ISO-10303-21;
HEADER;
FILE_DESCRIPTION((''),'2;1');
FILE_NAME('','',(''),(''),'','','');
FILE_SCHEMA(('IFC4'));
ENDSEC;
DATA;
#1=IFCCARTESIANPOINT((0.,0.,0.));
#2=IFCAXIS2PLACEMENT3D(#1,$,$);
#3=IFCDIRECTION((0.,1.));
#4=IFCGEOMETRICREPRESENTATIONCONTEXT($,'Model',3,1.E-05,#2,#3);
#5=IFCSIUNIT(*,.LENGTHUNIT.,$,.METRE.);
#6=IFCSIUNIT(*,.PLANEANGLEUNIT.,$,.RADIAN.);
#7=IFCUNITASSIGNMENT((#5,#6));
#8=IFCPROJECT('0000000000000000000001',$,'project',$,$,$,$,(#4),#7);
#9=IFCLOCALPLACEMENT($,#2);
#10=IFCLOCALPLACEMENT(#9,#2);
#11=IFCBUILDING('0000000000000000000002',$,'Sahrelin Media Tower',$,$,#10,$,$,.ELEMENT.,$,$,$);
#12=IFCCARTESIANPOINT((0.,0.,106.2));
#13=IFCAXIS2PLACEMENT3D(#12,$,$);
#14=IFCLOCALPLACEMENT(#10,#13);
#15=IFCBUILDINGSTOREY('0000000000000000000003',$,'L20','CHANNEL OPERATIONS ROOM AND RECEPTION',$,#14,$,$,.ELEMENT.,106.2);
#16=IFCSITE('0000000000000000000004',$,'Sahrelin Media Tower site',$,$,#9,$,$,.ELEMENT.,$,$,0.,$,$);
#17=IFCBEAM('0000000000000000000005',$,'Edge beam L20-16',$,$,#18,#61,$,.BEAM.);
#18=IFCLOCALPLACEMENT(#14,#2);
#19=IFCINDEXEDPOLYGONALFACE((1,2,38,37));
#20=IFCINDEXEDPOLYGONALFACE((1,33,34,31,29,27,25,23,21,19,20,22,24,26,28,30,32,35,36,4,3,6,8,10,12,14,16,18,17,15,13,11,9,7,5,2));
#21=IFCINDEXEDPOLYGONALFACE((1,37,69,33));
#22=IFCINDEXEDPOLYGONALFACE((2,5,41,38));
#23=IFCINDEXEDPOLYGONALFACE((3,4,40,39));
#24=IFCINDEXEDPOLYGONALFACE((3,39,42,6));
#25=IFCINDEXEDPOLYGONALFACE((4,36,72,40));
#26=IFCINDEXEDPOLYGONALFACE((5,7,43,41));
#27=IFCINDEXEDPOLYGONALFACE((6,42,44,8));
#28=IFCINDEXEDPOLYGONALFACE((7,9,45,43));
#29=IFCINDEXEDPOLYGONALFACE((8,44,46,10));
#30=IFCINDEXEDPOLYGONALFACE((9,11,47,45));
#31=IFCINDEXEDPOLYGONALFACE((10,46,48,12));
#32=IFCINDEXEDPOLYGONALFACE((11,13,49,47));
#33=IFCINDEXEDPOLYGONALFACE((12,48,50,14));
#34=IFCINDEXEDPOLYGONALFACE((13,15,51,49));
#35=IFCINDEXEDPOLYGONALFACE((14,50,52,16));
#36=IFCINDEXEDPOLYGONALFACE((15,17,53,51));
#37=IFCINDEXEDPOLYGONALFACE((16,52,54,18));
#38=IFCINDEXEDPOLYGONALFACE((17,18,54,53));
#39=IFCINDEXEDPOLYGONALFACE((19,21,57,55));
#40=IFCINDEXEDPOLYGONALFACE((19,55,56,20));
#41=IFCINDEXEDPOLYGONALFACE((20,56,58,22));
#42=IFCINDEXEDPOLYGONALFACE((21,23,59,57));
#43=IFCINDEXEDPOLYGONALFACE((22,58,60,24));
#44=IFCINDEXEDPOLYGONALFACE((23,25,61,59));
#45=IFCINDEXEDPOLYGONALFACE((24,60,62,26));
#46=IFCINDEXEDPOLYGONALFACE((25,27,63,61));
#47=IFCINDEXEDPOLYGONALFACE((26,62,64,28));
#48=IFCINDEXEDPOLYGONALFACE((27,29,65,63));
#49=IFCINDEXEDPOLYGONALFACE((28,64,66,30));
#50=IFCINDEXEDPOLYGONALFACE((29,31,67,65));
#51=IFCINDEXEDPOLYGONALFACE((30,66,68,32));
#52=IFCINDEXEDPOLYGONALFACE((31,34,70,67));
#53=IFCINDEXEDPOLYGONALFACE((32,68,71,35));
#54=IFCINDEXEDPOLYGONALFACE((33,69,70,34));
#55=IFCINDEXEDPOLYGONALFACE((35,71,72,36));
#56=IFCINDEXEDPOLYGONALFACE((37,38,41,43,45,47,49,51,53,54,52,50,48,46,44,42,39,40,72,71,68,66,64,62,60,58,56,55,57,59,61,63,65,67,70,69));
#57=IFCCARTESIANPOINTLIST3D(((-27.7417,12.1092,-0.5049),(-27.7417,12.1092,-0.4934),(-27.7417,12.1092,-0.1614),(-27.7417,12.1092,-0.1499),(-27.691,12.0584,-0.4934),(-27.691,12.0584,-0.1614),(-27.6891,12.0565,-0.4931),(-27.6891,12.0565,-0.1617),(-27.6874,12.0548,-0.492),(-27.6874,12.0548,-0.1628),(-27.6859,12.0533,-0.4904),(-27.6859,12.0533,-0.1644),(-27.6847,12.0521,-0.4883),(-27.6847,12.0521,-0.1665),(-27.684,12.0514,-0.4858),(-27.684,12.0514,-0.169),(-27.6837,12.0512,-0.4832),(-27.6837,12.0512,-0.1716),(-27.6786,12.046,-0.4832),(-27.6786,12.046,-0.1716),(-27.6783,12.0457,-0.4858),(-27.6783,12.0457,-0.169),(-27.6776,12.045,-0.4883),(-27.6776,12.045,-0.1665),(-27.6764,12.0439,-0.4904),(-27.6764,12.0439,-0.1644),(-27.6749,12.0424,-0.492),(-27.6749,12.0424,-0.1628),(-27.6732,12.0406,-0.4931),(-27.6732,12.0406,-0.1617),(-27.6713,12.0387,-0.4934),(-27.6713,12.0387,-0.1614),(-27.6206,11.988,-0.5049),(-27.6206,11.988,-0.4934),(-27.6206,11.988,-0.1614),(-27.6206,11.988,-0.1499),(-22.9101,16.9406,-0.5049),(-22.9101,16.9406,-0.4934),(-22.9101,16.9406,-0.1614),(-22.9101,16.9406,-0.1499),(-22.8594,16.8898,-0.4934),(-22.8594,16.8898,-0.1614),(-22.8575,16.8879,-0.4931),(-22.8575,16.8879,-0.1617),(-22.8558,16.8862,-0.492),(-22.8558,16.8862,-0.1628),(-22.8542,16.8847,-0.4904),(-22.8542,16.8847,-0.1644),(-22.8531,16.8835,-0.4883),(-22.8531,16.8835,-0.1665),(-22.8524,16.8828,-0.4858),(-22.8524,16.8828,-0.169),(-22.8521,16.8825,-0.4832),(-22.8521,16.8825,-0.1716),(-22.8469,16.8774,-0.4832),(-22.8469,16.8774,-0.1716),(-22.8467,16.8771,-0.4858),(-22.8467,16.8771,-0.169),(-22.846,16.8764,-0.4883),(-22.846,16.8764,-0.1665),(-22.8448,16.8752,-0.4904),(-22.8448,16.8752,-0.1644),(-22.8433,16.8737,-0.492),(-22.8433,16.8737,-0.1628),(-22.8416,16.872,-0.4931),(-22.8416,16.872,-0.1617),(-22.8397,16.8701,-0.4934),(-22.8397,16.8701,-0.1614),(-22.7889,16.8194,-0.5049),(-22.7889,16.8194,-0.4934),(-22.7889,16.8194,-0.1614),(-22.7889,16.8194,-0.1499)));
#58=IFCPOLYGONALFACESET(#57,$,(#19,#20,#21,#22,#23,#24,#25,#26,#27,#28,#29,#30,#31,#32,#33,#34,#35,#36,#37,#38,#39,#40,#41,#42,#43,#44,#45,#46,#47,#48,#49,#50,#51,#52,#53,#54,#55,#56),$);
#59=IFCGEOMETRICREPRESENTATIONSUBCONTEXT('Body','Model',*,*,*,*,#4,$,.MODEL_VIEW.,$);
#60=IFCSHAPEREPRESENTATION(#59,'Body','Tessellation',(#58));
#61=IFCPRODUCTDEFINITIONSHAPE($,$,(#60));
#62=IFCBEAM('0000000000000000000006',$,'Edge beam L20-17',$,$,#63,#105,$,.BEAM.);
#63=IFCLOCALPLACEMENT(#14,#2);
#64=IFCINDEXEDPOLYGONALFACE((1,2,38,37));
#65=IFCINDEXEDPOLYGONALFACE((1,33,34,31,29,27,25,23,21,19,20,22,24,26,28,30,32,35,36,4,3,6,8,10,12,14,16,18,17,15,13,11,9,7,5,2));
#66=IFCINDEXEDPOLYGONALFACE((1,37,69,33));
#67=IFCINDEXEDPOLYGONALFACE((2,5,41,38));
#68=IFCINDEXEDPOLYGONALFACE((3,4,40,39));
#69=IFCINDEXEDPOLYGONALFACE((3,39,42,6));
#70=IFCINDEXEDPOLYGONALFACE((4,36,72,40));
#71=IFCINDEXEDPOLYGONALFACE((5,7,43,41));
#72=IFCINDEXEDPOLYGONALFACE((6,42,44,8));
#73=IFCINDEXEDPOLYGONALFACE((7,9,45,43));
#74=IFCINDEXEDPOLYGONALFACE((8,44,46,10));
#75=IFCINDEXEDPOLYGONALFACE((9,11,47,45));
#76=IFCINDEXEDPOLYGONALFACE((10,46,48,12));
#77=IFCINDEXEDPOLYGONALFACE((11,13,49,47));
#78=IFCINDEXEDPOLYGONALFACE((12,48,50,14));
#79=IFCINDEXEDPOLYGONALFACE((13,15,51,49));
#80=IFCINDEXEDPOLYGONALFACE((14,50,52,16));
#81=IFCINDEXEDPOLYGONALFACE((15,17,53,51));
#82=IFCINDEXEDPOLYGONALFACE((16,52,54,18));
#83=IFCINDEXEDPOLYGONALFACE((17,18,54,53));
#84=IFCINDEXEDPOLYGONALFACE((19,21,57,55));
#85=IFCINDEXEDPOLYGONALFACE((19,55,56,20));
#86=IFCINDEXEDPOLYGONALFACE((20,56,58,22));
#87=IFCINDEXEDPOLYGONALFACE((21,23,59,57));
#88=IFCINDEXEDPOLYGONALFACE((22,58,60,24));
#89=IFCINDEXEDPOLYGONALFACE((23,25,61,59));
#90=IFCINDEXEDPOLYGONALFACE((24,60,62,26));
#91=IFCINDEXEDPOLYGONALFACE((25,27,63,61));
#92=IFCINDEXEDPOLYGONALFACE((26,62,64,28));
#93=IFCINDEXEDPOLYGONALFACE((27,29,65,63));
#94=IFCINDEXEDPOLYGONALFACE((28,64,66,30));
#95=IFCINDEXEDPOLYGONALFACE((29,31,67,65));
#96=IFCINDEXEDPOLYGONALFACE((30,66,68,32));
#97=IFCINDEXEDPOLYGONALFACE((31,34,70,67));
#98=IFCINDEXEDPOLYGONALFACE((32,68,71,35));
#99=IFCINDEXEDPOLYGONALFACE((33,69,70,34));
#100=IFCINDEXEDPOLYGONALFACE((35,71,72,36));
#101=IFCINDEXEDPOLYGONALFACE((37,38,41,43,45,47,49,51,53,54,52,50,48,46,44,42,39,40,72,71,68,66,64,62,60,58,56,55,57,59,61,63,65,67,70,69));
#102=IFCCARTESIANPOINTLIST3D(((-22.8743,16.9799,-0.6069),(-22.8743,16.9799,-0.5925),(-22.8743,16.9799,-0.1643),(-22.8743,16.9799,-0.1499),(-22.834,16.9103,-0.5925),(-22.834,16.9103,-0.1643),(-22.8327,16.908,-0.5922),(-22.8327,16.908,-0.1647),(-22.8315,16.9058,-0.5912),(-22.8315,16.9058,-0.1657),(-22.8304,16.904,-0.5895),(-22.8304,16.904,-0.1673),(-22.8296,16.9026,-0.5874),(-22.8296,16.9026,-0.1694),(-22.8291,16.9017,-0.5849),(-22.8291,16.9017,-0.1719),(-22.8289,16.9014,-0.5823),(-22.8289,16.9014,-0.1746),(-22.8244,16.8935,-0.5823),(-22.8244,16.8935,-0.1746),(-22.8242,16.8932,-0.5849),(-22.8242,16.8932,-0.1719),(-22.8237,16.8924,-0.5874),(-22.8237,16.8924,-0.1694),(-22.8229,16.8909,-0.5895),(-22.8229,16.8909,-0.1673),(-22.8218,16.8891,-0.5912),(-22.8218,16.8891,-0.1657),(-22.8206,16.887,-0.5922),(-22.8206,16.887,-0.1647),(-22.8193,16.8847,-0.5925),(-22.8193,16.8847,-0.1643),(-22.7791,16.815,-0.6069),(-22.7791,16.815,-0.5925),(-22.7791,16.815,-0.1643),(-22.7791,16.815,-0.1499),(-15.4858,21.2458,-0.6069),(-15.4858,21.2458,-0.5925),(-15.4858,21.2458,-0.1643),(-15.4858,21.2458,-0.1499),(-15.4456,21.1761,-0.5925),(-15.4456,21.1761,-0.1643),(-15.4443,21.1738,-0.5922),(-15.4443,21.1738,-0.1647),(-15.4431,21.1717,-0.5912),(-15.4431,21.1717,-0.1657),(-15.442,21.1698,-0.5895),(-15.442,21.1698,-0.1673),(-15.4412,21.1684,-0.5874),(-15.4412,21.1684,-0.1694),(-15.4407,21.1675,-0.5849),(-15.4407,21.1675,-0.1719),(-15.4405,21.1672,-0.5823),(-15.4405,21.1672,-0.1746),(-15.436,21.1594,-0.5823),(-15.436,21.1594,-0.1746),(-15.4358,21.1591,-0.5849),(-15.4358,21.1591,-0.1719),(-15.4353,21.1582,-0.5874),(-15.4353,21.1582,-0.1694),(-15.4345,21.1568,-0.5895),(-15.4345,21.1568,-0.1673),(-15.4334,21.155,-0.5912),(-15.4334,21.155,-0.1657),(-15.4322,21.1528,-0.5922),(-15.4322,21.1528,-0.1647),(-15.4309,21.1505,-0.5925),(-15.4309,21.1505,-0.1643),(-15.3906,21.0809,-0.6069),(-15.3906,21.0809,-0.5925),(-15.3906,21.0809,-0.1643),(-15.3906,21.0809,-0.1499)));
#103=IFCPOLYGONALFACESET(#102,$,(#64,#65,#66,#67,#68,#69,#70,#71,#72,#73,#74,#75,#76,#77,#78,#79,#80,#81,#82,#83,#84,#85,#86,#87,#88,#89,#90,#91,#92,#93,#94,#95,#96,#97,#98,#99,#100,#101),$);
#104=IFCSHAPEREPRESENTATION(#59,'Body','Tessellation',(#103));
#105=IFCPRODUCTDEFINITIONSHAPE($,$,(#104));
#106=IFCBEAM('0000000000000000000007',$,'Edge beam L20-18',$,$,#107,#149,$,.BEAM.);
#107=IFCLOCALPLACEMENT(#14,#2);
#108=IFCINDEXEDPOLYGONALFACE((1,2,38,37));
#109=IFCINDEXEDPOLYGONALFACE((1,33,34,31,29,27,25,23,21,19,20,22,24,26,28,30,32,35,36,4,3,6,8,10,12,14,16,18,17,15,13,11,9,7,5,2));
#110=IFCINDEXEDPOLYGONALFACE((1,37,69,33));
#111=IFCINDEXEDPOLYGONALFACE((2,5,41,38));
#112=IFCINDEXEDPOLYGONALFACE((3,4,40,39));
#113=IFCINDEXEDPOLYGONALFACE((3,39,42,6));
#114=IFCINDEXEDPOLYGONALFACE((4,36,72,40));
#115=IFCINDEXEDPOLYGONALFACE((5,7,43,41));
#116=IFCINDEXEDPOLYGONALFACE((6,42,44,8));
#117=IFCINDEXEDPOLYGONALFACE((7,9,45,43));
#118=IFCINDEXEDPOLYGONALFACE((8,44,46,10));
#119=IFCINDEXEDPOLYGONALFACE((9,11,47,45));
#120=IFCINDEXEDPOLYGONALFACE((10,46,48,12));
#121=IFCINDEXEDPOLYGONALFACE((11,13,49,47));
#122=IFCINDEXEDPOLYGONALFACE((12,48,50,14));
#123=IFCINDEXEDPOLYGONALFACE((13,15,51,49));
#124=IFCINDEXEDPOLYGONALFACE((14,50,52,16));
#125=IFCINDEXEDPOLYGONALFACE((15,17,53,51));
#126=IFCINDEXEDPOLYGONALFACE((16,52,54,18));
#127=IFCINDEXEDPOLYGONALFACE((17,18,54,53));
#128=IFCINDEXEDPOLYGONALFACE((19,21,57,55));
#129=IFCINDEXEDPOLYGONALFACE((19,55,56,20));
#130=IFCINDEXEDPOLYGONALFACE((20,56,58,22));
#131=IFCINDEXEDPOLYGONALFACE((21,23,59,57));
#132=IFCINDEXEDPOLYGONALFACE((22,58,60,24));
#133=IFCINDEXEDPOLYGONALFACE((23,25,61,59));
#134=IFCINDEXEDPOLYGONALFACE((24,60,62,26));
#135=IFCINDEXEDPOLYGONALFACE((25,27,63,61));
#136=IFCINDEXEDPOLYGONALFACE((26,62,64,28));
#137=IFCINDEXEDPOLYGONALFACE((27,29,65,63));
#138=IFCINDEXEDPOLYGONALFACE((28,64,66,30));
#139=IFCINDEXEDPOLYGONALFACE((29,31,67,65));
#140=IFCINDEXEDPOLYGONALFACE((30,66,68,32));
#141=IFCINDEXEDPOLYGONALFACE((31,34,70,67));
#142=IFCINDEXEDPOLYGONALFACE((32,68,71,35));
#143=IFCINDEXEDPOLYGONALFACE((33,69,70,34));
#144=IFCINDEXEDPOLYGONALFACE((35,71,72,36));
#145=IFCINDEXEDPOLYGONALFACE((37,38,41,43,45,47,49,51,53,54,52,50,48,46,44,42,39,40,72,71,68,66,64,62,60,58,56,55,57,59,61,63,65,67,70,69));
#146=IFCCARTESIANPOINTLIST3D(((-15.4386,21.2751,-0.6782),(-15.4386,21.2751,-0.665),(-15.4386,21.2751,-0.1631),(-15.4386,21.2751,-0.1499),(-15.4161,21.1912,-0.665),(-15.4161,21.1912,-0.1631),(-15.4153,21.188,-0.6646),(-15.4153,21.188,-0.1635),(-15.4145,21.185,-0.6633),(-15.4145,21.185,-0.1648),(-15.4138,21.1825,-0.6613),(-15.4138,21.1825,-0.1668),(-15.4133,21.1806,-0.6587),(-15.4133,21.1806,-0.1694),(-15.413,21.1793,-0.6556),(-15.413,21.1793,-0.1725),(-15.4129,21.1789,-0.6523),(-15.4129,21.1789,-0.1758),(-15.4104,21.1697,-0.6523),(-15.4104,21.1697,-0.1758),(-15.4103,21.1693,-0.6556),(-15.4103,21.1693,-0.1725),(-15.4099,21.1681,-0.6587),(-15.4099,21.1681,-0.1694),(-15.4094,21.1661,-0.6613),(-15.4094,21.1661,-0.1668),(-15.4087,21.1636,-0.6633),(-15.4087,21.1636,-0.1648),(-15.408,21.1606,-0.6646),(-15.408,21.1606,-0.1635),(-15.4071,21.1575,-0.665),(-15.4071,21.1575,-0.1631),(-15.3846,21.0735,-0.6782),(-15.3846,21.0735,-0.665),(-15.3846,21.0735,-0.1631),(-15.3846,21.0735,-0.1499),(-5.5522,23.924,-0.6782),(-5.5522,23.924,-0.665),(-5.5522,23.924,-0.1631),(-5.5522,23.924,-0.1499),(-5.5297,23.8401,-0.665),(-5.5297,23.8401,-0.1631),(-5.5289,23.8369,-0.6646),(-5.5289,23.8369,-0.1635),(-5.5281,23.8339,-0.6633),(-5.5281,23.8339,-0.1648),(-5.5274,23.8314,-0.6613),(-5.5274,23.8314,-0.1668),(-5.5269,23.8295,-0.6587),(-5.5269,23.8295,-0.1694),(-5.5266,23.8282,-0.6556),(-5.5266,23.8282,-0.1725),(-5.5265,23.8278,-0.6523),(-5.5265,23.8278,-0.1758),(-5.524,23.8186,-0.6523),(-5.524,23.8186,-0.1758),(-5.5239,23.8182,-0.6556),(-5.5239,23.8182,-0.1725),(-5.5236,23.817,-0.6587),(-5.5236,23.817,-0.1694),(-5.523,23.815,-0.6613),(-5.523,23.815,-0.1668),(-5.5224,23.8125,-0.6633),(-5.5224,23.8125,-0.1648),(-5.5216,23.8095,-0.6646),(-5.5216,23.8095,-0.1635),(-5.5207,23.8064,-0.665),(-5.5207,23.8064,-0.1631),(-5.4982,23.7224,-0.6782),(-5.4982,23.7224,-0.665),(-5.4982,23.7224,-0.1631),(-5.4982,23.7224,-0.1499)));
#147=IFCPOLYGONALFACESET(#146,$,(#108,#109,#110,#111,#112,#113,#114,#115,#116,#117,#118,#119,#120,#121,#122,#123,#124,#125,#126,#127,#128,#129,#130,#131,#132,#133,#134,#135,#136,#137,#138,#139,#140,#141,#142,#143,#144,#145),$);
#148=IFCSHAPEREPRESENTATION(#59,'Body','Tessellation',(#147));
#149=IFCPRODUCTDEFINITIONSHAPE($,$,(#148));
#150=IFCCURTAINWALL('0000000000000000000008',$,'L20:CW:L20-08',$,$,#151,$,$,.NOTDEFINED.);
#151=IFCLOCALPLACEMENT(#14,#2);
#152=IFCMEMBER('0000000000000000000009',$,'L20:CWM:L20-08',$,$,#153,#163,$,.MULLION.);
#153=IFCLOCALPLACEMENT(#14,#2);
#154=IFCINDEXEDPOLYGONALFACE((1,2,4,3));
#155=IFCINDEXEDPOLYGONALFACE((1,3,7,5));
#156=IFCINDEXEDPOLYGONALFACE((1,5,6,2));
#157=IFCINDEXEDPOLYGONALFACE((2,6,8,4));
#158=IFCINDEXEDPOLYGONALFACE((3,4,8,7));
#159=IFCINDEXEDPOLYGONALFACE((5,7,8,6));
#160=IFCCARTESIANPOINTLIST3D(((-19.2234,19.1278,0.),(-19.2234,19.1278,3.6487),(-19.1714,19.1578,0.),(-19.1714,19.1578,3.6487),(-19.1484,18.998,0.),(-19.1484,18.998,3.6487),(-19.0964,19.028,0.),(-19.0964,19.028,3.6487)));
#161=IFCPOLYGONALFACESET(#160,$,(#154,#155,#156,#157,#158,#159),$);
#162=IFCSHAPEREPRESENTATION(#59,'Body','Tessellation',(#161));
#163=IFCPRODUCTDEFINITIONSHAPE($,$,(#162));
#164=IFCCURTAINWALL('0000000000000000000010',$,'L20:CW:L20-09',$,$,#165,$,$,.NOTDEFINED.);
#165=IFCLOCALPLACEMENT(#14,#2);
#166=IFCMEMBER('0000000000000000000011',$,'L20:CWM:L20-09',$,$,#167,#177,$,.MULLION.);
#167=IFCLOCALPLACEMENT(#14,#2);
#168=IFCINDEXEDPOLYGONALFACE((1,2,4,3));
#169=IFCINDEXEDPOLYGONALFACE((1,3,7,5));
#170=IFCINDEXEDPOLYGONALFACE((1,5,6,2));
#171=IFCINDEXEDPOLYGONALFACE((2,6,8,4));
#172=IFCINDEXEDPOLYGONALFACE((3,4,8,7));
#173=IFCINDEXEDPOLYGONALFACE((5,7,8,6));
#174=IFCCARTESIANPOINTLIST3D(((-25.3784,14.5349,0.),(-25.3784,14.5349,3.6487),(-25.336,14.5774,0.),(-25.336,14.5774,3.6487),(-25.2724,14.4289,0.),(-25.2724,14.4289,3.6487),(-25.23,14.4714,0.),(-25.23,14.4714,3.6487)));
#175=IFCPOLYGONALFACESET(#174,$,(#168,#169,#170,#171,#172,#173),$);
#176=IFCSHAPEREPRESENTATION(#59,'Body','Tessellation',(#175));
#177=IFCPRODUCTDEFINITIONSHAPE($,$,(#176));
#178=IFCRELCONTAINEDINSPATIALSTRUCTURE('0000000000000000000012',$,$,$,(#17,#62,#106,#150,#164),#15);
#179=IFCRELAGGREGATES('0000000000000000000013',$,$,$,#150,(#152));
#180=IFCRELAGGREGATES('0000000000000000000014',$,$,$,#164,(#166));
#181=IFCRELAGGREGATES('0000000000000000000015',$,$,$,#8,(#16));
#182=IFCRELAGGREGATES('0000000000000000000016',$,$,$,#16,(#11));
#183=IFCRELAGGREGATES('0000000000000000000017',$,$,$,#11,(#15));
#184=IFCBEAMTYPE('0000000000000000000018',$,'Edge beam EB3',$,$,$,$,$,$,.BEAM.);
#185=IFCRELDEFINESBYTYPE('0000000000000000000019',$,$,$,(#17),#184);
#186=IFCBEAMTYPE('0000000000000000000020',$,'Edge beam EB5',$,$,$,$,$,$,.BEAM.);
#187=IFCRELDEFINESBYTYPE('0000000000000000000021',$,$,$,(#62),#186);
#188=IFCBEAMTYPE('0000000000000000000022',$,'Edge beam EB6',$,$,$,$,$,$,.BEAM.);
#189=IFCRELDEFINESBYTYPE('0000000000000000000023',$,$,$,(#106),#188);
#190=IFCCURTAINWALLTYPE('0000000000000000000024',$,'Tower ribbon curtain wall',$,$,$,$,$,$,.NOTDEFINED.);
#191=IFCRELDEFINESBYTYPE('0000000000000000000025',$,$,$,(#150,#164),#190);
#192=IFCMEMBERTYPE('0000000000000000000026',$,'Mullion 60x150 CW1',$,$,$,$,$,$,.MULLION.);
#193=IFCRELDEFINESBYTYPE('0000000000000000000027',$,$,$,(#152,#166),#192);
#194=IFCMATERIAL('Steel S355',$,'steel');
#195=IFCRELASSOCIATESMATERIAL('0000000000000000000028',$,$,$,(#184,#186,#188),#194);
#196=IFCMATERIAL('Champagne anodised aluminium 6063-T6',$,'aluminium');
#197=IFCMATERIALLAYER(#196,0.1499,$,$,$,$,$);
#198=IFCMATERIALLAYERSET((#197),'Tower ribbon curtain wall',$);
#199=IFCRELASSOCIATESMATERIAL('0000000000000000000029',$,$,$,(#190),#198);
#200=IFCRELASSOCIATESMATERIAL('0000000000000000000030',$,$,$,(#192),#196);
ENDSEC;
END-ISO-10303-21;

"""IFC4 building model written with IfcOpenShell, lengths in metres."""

from ifc_helpers import new_model, si_unit, direction, frame, origin, origin_2d, place, context, subcontext, project, spatial, rectangle, i_section, extrude, material, layer, layer_set, material_profile, profile_set, type_object, element, aggregate, save


model = new_model("IFC4")

# Units and contexts
model_context = context("Model", 3, precision=1e-05, world=origin(), true_north=direction((0.0, 1.0)))
body_context = subcontext(model_context, "Body", "Model", "MODEL_VIEW")
ifc_project = project(units=[si_unit("LENGTHUNIT", "METRE"), si_unit("PLANEANGLEUNIT", "RADIAN")], contexts=[model_context])

# Site, building, storey
site_placement = place(None, origin())
site = spatial("IfcSite", under=ifc_project, at=site_placement, Name="Sahrelin Media Tower site", CompositionType="ELEMENT", RefElevation=0.0)
building_placement = place(site_placement, origin())
building = spatial("IfcBuilding", under=site, at=building_placement, Name="Sahrelin Media Tower", CompositionType="ELEMENT")
storey_placement = place(building_placement, frame((0.0, 0.0, 106.2)))
storey = spatial("IfcBuildingStorey", under=building, at=storey_placement, Name="L20", Description="CHANNEL OPERATIONS ROOM AND RECEPTION", CompositionType="ELEMENT", Elevation=106.2)

# Beams
ifc_material_1 = material(Name="Steel S355", Category="steel")
ifc_material_profile_1 = material_profile(ifc_material_1, i_section(OverallWidth=0.1714, OverallDepth=0.355, WebThickness=0.0073, FlangeThickness=0.0115, FilletRadius=0.0103, at=origin_2d()), Name="UB 356x171x51")
ifc_profile_set_1 = profile_set([ifc_material_profile_1], Name="Steel S355")
beam_type_1 = type_object("IfcBeamType", Name="Edge beam EB3", PredefinedType="BEAM", material=ifc_profile_set_1)
beam_1_placement = place(storey_placement, frame((-27.6812, 12.0486, -0.3274), z_axis=(0.707125, 0.707089, 0.0), x_axis=(-0.707089, 0.707125, 0.0)))
element("IfcBeam", 1, at=beam_1_placement, inside=storey, type_object=beam_type_1, Name="Edge beam L20-16", PredefinedType="BEAM", context=body_context, shape_type="SweptSolid", body=[
    extrude(i_section(OverallWidth=0.1714, OverallDepth=0.355, WebThickness=0.0073, FlangeThickness=0.0115, FilletRadius=0.0103, at=origin_2d()), origin(), (0.0, 0.0, 1.0), 6.8328),
])
ifc_material_profile_2 = material_profile(ifc_material_1, i_section(OverallWidth=0.1904, OverallDepth=0.457, WebThickness=0.009, FlangeThickness=0.0144, FilletRadius=0.0103, at=origin_2d()), Name="UB 457x191x74")
ifc_profile_set_2 = profile_set([ifc_material_profile_2], Name="Steel S355")
beam_type_2 = type_object("IfcBeamType", Name="Edge beam EB5", PredefinedType="BEAM", material=ifc_profile_set_2)
beam_2_placement = place(storey_placement, frame((-22.8267, 16.8975, -0.3784), z_axis=(0.866017, 0.500014, 0.0), x_axis=(-0.500014, 0.866017, 0.0)))
element("IfcBeam", 2, at=beam_2_placement, inside=storey, type_object=beam_type_2, Name="Edge beam L20-17", PredefinedType="BEAM", context=body_context, shape_type="SweptSolid", body=[
    extrude(i_section(OverallWidth=0.1904, OverallDepth=0.457, WebThickness=0.009, FlangeThickness=0.0144, FilletRadius=0.0103, at=origin_2d()), origin(), (0.0, 0.0, 1.0), 8.5315),
])
ifc_material_profile_3 = material_profile(ifc_material_1, i_section(OverallWidth=0.2087, OverallDepth=0.5283, WebThickness=0.0095, FlangeThickness=0.0132, FilletRadius=0.0127, at=origin_2d()), Name="UB 533x210x82")
ifc_profile_set_3 = profile_set([ifc_material_profile_3], Name="Steel S355")
beam_type_3 = type_object("IfcBeamType", Name="Edge beam EB6", PredefinedType="BEAM", material=ifc_profile_set_3)
beam_3_placement = place(storey_placement, frame((-15.4116, 21.1743, -0.4141), z_axis=(0.965929, 0.258806, 0.0), x_axis=(-0.258806, 0.965929, 0.0)))
element("IfcBeam", 3, at=beam_3_placement, inside=storey, type_object=beam_type_3, Name="Edge beam L20-18", PredefinedType="BEAM", context=body_context, shape_type="SweptSolid", body=[
    extrude(i_section(OverallWidth=0.2087, OverallDepth=0.5283, WebThickness=0.0095, FlangeThickness=0.0132, FilletRadius=0.0127, at=origin_2d()), origin(), (0.0, 0.0, 1.0), 10.2351),
])

# Curtain walls, members
ifc_material_2 = material(Name="Champagne anodised aluminium 6063-T6", Category="aluminium")
ifc_layer_1 = layer(ifc_material_2, 0.1499)
ifc_layer_set_1 = layer_set([ifc_layer_1], Name="Tower ribbon curtain wall")
curtain_wall_type = type_object("IfcCurtainWallType", Name="Tower ribbon curtain wall", PredefinedType="NOTDEFINED", material=ifc_layer_set_1)
curtain_wall_1_placement = place(storey_placement, frame((-19.2075, 19.1604, 0.0), z_axis=(0.0, 0.0, 1.0), x_axis=(1.0, 0.0, 0.0)))
curtain_wall_1 = element("IfcCurtainWall", 4, at=curtain_wall_1_placement, inside=storey, type_object=curtain_wall_type, Name="L20:CW:L20-08", PredefinedType="NOTDEFINED")
ifc_material_profile_4 = material_profile(ifc_material_2, rectangle(XDim=0.0601, YDim=0.1499, at=origin_2d()), Name="Mullion 60x150")
ifc_profile_set_4 = profile_set([ifc_material_profile_4], Name="Champagne anodised aluminium 6063-T6")
member_type_1 = type_object("IfcMemberType", Name="Mullion 60x150 CW1", PredefinedType="MULLION", material=ifc_profile_set_4)
member_1_placement = place(storey_placement, frame((-19.1599, 19.0779, 0.0), z_axis=(0.0, 0.0, 1.0), x_axis=(-0.866025, -0.500002, 0.0)))
member_1 = element("IfcMember", 5, at=member_1_placement, type_object=member_type_1, Name="L20:CWM:L20-08", PredefinedType="MULLION", context=body_context, shape_type="SweptSolid", body=[
    extrude(rectangle(XDim=0.0601, YDim=0.1499, at=origin_2d()), origin(), (0.0, 0.0, 1.0), 3.6487),
])
curtain_wall_2_placement = place(storey_placement, frame((-25.3713, 14.5703, 0.0), z_axis=(0.0, 0.0, 1.0), x_axis=(1.0, 0.0, 0.0)))
curtain_wall_2 = element("IfcCurtainWall", 6, at=curtain_wall_2_placement, inside=storey, type_object=curtain_wall_type, Name="L20:CW:L20-09", PredefinedType="NOTDEFINED")
member_2_placement = place(storey_placement, frame((-25.3042, 14.5032, 0.0), z_axis=(0.0, 0.0, 1.0), x_axis=(-0.707107, -0.707107, 0.0)))
member_2 = element("IfcMember", 7, at=member_2_placement, type_object=member_type_1, Name="L20:CWM:L20-09", PredefinedType="MULLION", context=body_context, shape_type="SweptSolid", body=[
    extrude(rectangle(XDim=0.0601, YDim=0.1499, at=origin_2d()), origin(), (0.0, 0.0, 1.0), 3.6487),
])

aggregate(curtain_wall_1, [member_1])
aggregate(curtain_wall_2, [member_2])

save(model, "model.ifc")
